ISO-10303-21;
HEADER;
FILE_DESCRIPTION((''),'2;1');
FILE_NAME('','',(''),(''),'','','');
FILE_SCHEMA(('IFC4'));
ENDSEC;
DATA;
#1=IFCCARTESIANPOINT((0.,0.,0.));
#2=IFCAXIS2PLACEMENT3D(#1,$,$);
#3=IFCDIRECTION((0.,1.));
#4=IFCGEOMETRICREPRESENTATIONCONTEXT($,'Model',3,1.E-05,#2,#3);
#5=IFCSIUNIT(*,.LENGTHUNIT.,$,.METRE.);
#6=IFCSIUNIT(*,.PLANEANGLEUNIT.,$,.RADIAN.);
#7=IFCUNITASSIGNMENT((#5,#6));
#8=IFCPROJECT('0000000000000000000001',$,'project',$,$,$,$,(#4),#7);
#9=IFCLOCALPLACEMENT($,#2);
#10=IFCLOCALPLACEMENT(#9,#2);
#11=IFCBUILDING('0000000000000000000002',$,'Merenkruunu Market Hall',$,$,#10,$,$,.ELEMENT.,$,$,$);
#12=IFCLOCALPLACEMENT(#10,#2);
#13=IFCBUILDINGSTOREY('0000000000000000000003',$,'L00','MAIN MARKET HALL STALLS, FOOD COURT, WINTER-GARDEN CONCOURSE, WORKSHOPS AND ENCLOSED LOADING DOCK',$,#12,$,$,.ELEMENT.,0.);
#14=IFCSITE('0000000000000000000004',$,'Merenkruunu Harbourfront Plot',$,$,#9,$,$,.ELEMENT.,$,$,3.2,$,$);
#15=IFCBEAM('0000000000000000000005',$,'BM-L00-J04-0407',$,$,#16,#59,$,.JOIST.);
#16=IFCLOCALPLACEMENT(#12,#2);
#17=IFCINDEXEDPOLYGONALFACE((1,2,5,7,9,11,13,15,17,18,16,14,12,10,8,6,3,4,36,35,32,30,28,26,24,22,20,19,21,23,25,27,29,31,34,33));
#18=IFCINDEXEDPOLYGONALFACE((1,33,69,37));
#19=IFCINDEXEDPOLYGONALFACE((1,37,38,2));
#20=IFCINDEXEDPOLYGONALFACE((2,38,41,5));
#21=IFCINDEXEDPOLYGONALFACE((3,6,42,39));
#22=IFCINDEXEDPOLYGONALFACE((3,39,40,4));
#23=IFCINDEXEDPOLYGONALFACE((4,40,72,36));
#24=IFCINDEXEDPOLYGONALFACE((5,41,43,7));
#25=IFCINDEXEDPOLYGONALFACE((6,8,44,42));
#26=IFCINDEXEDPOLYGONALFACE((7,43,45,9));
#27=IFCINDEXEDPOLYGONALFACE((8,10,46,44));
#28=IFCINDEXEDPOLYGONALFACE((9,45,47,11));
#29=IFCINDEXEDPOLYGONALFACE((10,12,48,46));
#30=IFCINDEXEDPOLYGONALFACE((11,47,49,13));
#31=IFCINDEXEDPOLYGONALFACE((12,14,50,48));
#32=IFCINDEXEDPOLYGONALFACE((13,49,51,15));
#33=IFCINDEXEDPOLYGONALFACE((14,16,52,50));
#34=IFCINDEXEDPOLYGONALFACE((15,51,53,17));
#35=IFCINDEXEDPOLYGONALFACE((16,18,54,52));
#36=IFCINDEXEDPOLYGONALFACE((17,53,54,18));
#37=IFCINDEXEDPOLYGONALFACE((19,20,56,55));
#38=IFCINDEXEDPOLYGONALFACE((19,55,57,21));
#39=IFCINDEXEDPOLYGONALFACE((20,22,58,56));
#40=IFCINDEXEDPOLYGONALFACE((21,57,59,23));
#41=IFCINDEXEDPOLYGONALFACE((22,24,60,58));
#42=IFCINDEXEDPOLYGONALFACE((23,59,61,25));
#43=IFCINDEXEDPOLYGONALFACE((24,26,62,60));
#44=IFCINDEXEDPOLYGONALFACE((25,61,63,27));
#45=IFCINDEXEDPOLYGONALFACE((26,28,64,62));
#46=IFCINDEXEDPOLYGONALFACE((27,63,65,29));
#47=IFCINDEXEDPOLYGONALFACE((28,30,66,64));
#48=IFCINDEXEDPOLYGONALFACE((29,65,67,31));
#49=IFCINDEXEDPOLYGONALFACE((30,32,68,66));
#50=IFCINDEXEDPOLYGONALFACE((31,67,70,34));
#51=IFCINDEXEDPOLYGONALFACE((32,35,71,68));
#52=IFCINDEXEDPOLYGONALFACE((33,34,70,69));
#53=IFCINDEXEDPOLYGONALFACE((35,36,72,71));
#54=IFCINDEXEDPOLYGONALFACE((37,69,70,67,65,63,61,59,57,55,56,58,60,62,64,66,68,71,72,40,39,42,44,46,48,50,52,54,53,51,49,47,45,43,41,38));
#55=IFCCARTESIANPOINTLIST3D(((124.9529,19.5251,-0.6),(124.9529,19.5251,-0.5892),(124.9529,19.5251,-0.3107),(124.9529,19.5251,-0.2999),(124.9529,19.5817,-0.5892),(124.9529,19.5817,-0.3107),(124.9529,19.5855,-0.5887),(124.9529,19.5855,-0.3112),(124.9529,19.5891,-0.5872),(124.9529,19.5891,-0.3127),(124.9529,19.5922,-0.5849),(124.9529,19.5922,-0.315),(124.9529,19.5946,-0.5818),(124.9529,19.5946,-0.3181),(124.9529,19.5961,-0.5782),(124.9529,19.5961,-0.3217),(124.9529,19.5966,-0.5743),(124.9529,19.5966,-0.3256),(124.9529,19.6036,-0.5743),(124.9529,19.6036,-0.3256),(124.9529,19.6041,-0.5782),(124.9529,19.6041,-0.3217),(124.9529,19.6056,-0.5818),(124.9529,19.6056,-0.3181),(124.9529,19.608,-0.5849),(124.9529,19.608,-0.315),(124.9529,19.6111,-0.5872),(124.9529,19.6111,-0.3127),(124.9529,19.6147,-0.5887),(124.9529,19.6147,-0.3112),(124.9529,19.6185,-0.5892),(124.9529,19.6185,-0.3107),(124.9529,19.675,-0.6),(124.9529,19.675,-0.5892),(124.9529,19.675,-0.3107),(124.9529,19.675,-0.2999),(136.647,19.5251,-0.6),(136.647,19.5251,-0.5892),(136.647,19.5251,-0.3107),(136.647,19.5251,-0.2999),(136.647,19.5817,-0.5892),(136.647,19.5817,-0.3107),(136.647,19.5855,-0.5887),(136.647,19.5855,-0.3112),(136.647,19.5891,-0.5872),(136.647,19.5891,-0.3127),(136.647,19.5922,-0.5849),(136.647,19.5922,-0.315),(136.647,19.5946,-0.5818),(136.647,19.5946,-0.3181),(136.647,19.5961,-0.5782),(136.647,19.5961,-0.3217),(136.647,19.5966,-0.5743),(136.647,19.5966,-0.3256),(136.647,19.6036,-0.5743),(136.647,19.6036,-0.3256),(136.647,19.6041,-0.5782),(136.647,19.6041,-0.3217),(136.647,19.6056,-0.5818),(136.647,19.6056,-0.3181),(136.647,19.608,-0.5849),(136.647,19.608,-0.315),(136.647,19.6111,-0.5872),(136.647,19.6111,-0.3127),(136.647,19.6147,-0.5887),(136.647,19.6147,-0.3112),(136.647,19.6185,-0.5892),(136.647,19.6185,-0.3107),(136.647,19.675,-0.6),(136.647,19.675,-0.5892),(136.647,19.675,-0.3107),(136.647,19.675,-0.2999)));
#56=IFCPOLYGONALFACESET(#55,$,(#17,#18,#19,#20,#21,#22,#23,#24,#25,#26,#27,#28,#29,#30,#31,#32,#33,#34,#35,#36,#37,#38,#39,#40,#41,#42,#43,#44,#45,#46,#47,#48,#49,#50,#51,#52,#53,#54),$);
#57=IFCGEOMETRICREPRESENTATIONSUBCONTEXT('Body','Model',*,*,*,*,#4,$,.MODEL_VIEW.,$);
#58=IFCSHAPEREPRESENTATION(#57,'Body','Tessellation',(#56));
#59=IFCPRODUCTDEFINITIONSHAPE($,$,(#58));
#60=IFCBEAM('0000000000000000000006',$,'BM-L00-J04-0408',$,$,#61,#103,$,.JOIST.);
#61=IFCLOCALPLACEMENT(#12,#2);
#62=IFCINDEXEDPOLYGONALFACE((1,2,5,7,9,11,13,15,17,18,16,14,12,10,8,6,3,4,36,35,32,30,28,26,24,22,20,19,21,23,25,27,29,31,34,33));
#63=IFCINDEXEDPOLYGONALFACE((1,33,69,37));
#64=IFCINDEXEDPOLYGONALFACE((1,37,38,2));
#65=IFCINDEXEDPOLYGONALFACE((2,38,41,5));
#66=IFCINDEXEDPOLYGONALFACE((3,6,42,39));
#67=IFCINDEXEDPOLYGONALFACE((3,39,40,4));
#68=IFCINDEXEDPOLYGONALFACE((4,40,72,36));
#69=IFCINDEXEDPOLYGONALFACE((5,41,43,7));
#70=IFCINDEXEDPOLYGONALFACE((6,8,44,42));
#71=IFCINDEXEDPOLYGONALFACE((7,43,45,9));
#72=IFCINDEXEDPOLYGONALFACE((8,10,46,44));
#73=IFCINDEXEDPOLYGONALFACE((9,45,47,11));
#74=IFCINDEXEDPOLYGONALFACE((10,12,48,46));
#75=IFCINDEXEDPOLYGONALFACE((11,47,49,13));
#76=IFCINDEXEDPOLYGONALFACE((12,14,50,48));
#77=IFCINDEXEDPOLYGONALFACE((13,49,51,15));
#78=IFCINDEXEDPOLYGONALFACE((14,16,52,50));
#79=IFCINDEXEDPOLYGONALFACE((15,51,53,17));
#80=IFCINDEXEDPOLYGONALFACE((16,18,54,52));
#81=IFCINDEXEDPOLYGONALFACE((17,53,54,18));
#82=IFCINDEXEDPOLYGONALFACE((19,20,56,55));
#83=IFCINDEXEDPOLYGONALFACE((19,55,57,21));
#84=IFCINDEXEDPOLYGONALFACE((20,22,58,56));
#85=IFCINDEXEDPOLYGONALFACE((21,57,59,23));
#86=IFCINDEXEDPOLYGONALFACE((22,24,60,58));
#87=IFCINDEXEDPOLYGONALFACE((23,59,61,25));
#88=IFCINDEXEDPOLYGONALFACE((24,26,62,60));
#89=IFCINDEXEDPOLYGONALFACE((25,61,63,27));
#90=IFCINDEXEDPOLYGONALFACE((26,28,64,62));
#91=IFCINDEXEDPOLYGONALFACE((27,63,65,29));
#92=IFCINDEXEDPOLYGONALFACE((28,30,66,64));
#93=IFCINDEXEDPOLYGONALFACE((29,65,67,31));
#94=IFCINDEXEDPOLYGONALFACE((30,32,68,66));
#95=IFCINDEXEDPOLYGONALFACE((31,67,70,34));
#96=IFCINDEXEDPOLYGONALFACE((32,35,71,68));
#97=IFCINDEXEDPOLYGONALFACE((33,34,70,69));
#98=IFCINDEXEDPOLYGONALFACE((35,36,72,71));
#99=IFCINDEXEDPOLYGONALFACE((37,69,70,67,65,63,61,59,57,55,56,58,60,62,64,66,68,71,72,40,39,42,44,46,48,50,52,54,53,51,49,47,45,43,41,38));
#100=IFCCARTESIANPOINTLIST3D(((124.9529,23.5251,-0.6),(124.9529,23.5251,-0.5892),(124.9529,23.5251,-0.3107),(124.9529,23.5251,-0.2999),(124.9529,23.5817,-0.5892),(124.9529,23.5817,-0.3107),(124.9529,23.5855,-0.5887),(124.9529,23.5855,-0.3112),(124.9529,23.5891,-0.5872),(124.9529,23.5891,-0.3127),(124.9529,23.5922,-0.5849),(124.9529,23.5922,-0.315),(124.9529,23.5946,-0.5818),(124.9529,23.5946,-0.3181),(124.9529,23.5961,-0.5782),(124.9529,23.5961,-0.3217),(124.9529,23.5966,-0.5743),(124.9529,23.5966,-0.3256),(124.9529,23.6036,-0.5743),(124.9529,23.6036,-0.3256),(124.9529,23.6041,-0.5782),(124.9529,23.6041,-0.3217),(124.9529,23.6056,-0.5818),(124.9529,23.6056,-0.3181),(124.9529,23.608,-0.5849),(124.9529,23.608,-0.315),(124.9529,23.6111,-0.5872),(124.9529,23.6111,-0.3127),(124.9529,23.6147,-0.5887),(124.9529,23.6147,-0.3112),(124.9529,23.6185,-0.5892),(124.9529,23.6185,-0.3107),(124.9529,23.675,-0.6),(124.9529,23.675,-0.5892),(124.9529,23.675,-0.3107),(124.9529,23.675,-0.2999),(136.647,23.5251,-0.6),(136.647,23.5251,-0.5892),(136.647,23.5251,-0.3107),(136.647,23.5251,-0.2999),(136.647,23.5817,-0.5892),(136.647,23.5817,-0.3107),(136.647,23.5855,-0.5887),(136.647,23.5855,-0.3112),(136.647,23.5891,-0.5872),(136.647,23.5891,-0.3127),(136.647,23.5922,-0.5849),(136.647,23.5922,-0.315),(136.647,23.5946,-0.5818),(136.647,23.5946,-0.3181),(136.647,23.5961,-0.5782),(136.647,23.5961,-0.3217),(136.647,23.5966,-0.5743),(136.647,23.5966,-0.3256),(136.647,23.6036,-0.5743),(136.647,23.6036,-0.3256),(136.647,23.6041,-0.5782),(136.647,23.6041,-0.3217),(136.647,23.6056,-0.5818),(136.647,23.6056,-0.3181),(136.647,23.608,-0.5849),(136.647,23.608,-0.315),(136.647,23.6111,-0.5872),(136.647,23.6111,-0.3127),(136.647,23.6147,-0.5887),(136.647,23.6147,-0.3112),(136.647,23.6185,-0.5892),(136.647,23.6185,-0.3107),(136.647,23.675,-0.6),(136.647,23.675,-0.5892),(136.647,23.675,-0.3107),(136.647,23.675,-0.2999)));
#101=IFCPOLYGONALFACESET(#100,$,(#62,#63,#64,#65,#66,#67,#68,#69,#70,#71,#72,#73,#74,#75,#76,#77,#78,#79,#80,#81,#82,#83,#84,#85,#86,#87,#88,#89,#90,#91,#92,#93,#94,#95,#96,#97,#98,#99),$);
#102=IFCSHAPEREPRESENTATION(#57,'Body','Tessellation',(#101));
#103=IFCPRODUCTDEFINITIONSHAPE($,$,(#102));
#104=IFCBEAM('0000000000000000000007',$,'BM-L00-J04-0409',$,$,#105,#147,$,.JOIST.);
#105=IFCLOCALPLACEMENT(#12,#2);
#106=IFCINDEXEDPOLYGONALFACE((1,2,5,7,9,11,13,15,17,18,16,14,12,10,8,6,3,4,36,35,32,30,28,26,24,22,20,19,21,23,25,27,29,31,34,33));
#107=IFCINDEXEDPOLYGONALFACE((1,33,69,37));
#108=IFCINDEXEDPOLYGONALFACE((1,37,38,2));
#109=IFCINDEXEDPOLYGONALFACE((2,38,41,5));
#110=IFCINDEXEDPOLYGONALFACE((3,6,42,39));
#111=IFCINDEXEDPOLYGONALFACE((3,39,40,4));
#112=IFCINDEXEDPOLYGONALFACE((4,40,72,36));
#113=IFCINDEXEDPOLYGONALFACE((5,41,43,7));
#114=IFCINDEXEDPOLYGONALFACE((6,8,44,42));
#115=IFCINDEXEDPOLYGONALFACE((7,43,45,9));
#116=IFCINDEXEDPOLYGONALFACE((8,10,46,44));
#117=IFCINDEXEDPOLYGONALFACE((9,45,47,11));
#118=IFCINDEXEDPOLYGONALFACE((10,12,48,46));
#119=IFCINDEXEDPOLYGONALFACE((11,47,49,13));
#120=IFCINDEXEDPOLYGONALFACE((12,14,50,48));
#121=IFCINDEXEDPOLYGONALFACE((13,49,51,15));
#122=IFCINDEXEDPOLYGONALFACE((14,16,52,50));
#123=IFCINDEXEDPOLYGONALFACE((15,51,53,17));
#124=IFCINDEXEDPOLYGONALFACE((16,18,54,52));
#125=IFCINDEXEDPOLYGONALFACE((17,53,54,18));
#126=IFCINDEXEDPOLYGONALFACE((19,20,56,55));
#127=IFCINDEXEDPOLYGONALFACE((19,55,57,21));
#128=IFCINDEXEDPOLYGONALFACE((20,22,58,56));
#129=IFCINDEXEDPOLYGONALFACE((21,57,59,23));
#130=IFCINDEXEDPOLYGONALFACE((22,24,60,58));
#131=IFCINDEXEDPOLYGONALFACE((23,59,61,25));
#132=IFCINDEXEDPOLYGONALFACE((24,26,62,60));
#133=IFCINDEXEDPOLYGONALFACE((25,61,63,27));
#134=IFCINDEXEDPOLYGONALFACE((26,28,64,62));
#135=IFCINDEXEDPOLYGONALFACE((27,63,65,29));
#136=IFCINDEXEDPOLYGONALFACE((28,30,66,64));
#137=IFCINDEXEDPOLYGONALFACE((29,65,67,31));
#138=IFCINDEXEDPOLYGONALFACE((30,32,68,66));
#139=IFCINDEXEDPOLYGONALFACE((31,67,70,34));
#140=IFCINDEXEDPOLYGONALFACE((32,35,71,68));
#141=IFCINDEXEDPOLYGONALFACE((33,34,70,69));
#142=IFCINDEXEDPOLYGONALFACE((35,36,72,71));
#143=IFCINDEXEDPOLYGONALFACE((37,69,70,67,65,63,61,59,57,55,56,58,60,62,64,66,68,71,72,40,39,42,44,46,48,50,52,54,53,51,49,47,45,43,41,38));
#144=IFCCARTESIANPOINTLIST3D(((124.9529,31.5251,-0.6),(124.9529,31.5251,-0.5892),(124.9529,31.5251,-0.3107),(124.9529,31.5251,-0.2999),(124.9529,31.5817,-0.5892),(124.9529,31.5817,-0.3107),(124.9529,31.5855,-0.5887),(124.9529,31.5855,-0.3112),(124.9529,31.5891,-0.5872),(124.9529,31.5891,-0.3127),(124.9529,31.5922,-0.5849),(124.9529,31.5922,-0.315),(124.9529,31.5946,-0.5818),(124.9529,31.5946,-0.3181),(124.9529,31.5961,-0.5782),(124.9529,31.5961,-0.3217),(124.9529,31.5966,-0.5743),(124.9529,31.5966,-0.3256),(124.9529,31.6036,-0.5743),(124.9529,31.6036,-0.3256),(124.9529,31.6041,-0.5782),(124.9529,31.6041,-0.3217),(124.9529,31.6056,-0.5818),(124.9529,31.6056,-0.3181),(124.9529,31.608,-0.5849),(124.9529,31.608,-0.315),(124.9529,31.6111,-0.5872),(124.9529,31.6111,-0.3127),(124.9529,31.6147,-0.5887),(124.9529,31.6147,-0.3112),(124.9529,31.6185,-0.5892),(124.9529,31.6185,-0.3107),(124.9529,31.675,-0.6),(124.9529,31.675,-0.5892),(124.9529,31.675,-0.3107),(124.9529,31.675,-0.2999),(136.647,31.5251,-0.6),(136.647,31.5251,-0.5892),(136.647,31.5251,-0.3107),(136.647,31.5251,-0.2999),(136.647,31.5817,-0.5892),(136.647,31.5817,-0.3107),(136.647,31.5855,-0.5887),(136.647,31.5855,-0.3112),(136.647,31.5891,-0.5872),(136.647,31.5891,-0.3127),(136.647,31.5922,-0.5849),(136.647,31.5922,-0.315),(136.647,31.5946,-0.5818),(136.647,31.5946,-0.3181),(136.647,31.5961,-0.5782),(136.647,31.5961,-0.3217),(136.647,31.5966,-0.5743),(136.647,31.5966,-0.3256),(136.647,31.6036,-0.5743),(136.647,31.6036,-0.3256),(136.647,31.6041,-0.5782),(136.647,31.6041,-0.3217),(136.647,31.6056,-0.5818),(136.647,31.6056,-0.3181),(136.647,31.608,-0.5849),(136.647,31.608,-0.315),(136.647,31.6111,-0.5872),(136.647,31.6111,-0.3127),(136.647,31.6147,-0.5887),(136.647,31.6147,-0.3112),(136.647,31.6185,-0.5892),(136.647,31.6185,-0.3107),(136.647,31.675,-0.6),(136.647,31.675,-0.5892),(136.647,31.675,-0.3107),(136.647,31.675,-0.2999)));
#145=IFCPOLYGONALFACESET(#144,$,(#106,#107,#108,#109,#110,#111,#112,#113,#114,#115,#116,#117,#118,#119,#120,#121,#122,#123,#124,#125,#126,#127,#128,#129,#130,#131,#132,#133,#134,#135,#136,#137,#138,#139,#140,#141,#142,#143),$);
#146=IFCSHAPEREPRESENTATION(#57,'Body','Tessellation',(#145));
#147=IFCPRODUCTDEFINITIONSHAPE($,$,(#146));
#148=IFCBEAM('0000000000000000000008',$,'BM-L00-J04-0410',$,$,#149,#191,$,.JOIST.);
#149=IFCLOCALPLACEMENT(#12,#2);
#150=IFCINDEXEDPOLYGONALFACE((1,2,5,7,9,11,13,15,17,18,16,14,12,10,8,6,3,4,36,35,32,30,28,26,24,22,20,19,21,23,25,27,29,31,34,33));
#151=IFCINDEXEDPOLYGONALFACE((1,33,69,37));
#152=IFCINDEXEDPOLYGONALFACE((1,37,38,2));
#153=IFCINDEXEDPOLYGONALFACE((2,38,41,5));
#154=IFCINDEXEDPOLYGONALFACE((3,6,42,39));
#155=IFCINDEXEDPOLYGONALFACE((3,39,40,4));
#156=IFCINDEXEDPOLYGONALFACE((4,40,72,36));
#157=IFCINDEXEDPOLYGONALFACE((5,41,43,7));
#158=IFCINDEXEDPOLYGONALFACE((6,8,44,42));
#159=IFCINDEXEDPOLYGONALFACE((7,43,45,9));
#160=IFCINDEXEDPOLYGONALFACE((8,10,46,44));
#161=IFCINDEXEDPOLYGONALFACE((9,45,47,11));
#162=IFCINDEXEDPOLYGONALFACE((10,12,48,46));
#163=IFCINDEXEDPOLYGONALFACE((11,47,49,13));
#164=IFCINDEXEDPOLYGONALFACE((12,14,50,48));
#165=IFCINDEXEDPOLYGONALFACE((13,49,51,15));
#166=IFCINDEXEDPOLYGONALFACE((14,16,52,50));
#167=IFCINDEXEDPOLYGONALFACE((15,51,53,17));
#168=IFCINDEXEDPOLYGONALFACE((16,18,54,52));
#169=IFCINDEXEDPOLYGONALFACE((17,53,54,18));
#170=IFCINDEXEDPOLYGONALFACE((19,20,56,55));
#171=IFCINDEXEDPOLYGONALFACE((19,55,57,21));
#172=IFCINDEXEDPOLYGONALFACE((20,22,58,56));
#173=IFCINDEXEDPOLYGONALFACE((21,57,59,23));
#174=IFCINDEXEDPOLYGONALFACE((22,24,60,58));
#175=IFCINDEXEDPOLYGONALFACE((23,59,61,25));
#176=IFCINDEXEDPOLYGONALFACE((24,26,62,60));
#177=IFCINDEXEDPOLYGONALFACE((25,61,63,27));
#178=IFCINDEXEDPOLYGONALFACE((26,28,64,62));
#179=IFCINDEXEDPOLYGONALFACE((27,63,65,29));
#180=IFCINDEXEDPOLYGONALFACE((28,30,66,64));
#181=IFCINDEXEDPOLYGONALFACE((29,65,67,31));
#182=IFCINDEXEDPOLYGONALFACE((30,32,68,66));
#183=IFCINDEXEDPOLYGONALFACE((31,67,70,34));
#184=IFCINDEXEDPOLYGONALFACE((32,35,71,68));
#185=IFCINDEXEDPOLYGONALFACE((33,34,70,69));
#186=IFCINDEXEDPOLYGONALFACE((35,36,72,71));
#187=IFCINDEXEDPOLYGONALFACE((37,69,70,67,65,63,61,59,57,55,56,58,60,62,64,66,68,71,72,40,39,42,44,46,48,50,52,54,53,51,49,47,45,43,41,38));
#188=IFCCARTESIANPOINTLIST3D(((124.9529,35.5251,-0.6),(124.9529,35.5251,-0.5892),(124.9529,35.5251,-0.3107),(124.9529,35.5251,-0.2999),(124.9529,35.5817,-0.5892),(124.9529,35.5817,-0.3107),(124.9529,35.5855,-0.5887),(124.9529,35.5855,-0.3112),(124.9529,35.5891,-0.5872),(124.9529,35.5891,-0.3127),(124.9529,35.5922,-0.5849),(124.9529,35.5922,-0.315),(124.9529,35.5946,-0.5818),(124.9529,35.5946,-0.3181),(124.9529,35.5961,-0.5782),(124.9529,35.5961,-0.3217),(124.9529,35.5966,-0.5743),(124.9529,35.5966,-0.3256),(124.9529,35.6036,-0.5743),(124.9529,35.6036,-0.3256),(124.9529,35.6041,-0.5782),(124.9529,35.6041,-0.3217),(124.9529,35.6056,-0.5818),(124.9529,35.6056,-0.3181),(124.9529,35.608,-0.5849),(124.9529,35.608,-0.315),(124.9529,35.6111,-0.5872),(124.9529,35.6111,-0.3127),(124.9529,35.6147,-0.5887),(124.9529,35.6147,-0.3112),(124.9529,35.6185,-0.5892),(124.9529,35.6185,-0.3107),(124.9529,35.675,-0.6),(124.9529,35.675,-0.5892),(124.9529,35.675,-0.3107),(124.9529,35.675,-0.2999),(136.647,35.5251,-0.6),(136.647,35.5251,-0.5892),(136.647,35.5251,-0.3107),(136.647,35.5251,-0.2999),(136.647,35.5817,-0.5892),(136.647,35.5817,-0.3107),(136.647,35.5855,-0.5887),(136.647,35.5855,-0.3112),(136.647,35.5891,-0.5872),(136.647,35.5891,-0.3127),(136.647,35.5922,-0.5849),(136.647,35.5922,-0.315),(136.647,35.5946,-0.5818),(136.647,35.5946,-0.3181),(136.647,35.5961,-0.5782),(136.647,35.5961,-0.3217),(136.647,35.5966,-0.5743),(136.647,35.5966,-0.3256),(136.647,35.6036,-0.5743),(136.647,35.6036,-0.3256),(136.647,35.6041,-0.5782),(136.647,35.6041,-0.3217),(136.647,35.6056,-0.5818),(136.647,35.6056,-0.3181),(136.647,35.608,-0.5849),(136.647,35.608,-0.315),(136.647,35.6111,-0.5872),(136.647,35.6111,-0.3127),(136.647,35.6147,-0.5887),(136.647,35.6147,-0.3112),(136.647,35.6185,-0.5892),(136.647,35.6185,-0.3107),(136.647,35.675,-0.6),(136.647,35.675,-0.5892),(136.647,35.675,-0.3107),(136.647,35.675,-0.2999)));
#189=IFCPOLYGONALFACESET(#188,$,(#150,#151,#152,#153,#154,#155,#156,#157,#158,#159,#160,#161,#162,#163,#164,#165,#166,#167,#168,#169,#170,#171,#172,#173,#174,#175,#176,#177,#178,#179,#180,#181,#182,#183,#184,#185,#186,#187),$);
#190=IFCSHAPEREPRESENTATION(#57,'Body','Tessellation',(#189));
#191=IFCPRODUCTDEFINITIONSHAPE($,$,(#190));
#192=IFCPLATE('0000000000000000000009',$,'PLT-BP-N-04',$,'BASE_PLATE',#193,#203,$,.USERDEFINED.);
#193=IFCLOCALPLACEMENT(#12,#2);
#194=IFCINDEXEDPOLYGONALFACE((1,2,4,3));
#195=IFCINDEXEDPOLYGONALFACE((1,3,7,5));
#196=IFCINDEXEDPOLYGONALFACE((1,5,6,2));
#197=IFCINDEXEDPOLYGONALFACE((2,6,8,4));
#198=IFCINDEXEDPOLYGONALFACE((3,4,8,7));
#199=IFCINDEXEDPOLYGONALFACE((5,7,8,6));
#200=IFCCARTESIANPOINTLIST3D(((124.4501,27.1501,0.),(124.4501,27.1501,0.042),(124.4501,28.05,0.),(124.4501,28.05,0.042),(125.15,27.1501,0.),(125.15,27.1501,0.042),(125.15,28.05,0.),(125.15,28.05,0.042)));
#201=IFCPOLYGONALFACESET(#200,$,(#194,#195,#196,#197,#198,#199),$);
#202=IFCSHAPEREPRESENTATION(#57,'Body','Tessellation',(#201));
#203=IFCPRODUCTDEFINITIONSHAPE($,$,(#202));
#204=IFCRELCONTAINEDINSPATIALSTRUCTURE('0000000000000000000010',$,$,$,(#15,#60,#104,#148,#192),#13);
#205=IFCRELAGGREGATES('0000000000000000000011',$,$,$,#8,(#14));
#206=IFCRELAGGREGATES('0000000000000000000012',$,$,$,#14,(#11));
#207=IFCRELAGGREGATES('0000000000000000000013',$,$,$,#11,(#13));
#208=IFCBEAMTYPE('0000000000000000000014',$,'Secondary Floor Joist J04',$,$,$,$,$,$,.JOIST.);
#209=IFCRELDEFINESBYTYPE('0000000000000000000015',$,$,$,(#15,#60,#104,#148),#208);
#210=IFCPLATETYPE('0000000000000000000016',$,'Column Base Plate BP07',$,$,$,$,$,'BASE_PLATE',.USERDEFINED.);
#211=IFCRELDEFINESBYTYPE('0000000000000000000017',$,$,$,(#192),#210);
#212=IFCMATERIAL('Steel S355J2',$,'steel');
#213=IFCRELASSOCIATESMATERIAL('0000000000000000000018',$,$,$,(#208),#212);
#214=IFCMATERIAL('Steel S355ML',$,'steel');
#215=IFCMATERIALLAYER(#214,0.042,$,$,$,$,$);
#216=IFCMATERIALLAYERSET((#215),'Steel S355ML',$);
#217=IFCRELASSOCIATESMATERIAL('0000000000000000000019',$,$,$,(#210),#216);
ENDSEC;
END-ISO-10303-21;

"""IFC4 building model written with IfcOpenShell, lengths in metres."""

from ifc_helpers import new_model, si_unit, direction, frame, origin, origin_2d, place, context, subcontext, project, spatial, rectangle, i_section, extrude, material, layer, layer_set, material_profile, profile_set, type_object, element, save


model = new_model("IFC4")

# Units and contexts
model_context = context("Model", 3, precision=1e-05, world=origin(), true_north=direction((0.0, 1.0)))
body_context = subcontext(model_context, "Body", "Model", "MODEL_VIEW")
ifc_project = project(units=[si_unit("LENGTHUNIT", "METRE"), si_unit("PLANEANGLEUNIT", "RADIAN")], contexts=[model_context])

# Site, building, storey
site_placement = place(None, origin())
site = spatial("IfcSite", under=ifc_project, at=site_placement, Name="Merenkruunu Harbourfront Plot", CompositionType="ELEMENT", RefElevation=3.2)
building_placement = place(site_placement, origin())
building = spatial("IfcBuilding", under=site, at=building_placement, Name="Merenkruunu Market Hall", CompositionType="ELEMENT")
storey_placement = place(building_placement, origin())
storey = spatial("IfcBuildingStorey", under=building, at=storey_placement, Name="L00", Description="MAIN MARKET HALL STALLS, FOOD COURT, WINTER-GARDEN CONCOURSE, WORKSHOPS AND ENCLOSED LOADING DOCK", CompositionType="ELEMENT", Elevation=0.0)

# Shared definitions
ifc_material_1 = material(Name="Steel S355J2", Category="steel")

# Beams
ifc_material_profile_1 = material_profile(ifc_material_1, i_section(OverallWidth=0.1499, OverallDepth=0.3, WebThickness=0.0071, FlangeThickness=0.0107, FilletRadius=0.0149, at=origin_2d()), Name="IPE 300")
ifc_profile_set_1 = profile_set([ifc_material_profile_1], Name="Steel S355J2")
beam_type_1 = type_object("IfcBeamType", Name="Secondary Floor Joist J04", PredefinedType="JOIST", material=ifc_profile_set_1)
for number, where, z_axis, x_axis, name in (
    (1, (124.9529, 19.6001, -0.45), (1.0, 0.0, 0.0), (0.0, 1.0, 0.0), "BM-L00-J04-0407"),
    (2, (124.9529, 23.6001, -0.45), (1.0, 0.0, 0.0), (0.0, 1.0, 0.0), "BM-L00-J04-0408"),
    (3, (124.9529, 31.6001, -0.45), (1.0, 0.0, 0.0), (0.0, 1.0, 0.0), "BM-L00-J04-0409"),
    (4, (124.9529, 35.6001, -0.45), (1.0, 0.0, 0.0), (0.0, 1.0, 0.0), "BM-L00-J04-0410"),
):
    element("IfcBeam", number, at=place(storey_placement, frame(where, z_axis=z_axis, x_axis=x_axis)), inside=storey, type_object=beam_type_1, Name=name, PredefinedType="JOIST", context=body_context, shape_type="SweptSolid", body=[
        extrude(i_section(OverallWidth=0.1499, OverallDepth=0.3, WebThickness=0.0071, FlangeThickness=0.0107, FilletRadius=0.0149, at=origin_2d()), origin(), (0.0, 0.0, 1.0), 11.6941),
    ])

# Plate
ifc_material_2 = material(Name="Steel S355ML", Category="steel")
ifc_layer_1 = layer(ifc_material_2, 0.042)
ifc_layer_set_1 = layer_set([ifc_layer_1], Name="Steel S355ML")
plate_type_1 = type_object("IfcPlateType", Name="Column Base Plate BP07", ElementType="BASE_PLATE", PredefinedType="USERDEFINED", material=ifc_layer_set_1)
plate_1_placement = place(storey_placement, frame((124.8, 27.6001, 0.0), z_axis=(0.0, 0.0, 1.0), x_axis=(1.0, 0.0, 0.0)))
element("IfcPlate", 5, at=plate_1_placement, inside=storey, type_object=plate_type_1, Name="PLT-BP-N-04", ObjectType="BASE_PLATE", PredefinedType="USERDEFINED", context=body_context, shape_type="SweptSolid", body=[
    extrude(rectangle(XDim=0.7, YDim=0.8999, at=origin_2d()), origin(), (0.0, 0.0, 1.0), 0.042),
])

save(model, "model.ifc")
